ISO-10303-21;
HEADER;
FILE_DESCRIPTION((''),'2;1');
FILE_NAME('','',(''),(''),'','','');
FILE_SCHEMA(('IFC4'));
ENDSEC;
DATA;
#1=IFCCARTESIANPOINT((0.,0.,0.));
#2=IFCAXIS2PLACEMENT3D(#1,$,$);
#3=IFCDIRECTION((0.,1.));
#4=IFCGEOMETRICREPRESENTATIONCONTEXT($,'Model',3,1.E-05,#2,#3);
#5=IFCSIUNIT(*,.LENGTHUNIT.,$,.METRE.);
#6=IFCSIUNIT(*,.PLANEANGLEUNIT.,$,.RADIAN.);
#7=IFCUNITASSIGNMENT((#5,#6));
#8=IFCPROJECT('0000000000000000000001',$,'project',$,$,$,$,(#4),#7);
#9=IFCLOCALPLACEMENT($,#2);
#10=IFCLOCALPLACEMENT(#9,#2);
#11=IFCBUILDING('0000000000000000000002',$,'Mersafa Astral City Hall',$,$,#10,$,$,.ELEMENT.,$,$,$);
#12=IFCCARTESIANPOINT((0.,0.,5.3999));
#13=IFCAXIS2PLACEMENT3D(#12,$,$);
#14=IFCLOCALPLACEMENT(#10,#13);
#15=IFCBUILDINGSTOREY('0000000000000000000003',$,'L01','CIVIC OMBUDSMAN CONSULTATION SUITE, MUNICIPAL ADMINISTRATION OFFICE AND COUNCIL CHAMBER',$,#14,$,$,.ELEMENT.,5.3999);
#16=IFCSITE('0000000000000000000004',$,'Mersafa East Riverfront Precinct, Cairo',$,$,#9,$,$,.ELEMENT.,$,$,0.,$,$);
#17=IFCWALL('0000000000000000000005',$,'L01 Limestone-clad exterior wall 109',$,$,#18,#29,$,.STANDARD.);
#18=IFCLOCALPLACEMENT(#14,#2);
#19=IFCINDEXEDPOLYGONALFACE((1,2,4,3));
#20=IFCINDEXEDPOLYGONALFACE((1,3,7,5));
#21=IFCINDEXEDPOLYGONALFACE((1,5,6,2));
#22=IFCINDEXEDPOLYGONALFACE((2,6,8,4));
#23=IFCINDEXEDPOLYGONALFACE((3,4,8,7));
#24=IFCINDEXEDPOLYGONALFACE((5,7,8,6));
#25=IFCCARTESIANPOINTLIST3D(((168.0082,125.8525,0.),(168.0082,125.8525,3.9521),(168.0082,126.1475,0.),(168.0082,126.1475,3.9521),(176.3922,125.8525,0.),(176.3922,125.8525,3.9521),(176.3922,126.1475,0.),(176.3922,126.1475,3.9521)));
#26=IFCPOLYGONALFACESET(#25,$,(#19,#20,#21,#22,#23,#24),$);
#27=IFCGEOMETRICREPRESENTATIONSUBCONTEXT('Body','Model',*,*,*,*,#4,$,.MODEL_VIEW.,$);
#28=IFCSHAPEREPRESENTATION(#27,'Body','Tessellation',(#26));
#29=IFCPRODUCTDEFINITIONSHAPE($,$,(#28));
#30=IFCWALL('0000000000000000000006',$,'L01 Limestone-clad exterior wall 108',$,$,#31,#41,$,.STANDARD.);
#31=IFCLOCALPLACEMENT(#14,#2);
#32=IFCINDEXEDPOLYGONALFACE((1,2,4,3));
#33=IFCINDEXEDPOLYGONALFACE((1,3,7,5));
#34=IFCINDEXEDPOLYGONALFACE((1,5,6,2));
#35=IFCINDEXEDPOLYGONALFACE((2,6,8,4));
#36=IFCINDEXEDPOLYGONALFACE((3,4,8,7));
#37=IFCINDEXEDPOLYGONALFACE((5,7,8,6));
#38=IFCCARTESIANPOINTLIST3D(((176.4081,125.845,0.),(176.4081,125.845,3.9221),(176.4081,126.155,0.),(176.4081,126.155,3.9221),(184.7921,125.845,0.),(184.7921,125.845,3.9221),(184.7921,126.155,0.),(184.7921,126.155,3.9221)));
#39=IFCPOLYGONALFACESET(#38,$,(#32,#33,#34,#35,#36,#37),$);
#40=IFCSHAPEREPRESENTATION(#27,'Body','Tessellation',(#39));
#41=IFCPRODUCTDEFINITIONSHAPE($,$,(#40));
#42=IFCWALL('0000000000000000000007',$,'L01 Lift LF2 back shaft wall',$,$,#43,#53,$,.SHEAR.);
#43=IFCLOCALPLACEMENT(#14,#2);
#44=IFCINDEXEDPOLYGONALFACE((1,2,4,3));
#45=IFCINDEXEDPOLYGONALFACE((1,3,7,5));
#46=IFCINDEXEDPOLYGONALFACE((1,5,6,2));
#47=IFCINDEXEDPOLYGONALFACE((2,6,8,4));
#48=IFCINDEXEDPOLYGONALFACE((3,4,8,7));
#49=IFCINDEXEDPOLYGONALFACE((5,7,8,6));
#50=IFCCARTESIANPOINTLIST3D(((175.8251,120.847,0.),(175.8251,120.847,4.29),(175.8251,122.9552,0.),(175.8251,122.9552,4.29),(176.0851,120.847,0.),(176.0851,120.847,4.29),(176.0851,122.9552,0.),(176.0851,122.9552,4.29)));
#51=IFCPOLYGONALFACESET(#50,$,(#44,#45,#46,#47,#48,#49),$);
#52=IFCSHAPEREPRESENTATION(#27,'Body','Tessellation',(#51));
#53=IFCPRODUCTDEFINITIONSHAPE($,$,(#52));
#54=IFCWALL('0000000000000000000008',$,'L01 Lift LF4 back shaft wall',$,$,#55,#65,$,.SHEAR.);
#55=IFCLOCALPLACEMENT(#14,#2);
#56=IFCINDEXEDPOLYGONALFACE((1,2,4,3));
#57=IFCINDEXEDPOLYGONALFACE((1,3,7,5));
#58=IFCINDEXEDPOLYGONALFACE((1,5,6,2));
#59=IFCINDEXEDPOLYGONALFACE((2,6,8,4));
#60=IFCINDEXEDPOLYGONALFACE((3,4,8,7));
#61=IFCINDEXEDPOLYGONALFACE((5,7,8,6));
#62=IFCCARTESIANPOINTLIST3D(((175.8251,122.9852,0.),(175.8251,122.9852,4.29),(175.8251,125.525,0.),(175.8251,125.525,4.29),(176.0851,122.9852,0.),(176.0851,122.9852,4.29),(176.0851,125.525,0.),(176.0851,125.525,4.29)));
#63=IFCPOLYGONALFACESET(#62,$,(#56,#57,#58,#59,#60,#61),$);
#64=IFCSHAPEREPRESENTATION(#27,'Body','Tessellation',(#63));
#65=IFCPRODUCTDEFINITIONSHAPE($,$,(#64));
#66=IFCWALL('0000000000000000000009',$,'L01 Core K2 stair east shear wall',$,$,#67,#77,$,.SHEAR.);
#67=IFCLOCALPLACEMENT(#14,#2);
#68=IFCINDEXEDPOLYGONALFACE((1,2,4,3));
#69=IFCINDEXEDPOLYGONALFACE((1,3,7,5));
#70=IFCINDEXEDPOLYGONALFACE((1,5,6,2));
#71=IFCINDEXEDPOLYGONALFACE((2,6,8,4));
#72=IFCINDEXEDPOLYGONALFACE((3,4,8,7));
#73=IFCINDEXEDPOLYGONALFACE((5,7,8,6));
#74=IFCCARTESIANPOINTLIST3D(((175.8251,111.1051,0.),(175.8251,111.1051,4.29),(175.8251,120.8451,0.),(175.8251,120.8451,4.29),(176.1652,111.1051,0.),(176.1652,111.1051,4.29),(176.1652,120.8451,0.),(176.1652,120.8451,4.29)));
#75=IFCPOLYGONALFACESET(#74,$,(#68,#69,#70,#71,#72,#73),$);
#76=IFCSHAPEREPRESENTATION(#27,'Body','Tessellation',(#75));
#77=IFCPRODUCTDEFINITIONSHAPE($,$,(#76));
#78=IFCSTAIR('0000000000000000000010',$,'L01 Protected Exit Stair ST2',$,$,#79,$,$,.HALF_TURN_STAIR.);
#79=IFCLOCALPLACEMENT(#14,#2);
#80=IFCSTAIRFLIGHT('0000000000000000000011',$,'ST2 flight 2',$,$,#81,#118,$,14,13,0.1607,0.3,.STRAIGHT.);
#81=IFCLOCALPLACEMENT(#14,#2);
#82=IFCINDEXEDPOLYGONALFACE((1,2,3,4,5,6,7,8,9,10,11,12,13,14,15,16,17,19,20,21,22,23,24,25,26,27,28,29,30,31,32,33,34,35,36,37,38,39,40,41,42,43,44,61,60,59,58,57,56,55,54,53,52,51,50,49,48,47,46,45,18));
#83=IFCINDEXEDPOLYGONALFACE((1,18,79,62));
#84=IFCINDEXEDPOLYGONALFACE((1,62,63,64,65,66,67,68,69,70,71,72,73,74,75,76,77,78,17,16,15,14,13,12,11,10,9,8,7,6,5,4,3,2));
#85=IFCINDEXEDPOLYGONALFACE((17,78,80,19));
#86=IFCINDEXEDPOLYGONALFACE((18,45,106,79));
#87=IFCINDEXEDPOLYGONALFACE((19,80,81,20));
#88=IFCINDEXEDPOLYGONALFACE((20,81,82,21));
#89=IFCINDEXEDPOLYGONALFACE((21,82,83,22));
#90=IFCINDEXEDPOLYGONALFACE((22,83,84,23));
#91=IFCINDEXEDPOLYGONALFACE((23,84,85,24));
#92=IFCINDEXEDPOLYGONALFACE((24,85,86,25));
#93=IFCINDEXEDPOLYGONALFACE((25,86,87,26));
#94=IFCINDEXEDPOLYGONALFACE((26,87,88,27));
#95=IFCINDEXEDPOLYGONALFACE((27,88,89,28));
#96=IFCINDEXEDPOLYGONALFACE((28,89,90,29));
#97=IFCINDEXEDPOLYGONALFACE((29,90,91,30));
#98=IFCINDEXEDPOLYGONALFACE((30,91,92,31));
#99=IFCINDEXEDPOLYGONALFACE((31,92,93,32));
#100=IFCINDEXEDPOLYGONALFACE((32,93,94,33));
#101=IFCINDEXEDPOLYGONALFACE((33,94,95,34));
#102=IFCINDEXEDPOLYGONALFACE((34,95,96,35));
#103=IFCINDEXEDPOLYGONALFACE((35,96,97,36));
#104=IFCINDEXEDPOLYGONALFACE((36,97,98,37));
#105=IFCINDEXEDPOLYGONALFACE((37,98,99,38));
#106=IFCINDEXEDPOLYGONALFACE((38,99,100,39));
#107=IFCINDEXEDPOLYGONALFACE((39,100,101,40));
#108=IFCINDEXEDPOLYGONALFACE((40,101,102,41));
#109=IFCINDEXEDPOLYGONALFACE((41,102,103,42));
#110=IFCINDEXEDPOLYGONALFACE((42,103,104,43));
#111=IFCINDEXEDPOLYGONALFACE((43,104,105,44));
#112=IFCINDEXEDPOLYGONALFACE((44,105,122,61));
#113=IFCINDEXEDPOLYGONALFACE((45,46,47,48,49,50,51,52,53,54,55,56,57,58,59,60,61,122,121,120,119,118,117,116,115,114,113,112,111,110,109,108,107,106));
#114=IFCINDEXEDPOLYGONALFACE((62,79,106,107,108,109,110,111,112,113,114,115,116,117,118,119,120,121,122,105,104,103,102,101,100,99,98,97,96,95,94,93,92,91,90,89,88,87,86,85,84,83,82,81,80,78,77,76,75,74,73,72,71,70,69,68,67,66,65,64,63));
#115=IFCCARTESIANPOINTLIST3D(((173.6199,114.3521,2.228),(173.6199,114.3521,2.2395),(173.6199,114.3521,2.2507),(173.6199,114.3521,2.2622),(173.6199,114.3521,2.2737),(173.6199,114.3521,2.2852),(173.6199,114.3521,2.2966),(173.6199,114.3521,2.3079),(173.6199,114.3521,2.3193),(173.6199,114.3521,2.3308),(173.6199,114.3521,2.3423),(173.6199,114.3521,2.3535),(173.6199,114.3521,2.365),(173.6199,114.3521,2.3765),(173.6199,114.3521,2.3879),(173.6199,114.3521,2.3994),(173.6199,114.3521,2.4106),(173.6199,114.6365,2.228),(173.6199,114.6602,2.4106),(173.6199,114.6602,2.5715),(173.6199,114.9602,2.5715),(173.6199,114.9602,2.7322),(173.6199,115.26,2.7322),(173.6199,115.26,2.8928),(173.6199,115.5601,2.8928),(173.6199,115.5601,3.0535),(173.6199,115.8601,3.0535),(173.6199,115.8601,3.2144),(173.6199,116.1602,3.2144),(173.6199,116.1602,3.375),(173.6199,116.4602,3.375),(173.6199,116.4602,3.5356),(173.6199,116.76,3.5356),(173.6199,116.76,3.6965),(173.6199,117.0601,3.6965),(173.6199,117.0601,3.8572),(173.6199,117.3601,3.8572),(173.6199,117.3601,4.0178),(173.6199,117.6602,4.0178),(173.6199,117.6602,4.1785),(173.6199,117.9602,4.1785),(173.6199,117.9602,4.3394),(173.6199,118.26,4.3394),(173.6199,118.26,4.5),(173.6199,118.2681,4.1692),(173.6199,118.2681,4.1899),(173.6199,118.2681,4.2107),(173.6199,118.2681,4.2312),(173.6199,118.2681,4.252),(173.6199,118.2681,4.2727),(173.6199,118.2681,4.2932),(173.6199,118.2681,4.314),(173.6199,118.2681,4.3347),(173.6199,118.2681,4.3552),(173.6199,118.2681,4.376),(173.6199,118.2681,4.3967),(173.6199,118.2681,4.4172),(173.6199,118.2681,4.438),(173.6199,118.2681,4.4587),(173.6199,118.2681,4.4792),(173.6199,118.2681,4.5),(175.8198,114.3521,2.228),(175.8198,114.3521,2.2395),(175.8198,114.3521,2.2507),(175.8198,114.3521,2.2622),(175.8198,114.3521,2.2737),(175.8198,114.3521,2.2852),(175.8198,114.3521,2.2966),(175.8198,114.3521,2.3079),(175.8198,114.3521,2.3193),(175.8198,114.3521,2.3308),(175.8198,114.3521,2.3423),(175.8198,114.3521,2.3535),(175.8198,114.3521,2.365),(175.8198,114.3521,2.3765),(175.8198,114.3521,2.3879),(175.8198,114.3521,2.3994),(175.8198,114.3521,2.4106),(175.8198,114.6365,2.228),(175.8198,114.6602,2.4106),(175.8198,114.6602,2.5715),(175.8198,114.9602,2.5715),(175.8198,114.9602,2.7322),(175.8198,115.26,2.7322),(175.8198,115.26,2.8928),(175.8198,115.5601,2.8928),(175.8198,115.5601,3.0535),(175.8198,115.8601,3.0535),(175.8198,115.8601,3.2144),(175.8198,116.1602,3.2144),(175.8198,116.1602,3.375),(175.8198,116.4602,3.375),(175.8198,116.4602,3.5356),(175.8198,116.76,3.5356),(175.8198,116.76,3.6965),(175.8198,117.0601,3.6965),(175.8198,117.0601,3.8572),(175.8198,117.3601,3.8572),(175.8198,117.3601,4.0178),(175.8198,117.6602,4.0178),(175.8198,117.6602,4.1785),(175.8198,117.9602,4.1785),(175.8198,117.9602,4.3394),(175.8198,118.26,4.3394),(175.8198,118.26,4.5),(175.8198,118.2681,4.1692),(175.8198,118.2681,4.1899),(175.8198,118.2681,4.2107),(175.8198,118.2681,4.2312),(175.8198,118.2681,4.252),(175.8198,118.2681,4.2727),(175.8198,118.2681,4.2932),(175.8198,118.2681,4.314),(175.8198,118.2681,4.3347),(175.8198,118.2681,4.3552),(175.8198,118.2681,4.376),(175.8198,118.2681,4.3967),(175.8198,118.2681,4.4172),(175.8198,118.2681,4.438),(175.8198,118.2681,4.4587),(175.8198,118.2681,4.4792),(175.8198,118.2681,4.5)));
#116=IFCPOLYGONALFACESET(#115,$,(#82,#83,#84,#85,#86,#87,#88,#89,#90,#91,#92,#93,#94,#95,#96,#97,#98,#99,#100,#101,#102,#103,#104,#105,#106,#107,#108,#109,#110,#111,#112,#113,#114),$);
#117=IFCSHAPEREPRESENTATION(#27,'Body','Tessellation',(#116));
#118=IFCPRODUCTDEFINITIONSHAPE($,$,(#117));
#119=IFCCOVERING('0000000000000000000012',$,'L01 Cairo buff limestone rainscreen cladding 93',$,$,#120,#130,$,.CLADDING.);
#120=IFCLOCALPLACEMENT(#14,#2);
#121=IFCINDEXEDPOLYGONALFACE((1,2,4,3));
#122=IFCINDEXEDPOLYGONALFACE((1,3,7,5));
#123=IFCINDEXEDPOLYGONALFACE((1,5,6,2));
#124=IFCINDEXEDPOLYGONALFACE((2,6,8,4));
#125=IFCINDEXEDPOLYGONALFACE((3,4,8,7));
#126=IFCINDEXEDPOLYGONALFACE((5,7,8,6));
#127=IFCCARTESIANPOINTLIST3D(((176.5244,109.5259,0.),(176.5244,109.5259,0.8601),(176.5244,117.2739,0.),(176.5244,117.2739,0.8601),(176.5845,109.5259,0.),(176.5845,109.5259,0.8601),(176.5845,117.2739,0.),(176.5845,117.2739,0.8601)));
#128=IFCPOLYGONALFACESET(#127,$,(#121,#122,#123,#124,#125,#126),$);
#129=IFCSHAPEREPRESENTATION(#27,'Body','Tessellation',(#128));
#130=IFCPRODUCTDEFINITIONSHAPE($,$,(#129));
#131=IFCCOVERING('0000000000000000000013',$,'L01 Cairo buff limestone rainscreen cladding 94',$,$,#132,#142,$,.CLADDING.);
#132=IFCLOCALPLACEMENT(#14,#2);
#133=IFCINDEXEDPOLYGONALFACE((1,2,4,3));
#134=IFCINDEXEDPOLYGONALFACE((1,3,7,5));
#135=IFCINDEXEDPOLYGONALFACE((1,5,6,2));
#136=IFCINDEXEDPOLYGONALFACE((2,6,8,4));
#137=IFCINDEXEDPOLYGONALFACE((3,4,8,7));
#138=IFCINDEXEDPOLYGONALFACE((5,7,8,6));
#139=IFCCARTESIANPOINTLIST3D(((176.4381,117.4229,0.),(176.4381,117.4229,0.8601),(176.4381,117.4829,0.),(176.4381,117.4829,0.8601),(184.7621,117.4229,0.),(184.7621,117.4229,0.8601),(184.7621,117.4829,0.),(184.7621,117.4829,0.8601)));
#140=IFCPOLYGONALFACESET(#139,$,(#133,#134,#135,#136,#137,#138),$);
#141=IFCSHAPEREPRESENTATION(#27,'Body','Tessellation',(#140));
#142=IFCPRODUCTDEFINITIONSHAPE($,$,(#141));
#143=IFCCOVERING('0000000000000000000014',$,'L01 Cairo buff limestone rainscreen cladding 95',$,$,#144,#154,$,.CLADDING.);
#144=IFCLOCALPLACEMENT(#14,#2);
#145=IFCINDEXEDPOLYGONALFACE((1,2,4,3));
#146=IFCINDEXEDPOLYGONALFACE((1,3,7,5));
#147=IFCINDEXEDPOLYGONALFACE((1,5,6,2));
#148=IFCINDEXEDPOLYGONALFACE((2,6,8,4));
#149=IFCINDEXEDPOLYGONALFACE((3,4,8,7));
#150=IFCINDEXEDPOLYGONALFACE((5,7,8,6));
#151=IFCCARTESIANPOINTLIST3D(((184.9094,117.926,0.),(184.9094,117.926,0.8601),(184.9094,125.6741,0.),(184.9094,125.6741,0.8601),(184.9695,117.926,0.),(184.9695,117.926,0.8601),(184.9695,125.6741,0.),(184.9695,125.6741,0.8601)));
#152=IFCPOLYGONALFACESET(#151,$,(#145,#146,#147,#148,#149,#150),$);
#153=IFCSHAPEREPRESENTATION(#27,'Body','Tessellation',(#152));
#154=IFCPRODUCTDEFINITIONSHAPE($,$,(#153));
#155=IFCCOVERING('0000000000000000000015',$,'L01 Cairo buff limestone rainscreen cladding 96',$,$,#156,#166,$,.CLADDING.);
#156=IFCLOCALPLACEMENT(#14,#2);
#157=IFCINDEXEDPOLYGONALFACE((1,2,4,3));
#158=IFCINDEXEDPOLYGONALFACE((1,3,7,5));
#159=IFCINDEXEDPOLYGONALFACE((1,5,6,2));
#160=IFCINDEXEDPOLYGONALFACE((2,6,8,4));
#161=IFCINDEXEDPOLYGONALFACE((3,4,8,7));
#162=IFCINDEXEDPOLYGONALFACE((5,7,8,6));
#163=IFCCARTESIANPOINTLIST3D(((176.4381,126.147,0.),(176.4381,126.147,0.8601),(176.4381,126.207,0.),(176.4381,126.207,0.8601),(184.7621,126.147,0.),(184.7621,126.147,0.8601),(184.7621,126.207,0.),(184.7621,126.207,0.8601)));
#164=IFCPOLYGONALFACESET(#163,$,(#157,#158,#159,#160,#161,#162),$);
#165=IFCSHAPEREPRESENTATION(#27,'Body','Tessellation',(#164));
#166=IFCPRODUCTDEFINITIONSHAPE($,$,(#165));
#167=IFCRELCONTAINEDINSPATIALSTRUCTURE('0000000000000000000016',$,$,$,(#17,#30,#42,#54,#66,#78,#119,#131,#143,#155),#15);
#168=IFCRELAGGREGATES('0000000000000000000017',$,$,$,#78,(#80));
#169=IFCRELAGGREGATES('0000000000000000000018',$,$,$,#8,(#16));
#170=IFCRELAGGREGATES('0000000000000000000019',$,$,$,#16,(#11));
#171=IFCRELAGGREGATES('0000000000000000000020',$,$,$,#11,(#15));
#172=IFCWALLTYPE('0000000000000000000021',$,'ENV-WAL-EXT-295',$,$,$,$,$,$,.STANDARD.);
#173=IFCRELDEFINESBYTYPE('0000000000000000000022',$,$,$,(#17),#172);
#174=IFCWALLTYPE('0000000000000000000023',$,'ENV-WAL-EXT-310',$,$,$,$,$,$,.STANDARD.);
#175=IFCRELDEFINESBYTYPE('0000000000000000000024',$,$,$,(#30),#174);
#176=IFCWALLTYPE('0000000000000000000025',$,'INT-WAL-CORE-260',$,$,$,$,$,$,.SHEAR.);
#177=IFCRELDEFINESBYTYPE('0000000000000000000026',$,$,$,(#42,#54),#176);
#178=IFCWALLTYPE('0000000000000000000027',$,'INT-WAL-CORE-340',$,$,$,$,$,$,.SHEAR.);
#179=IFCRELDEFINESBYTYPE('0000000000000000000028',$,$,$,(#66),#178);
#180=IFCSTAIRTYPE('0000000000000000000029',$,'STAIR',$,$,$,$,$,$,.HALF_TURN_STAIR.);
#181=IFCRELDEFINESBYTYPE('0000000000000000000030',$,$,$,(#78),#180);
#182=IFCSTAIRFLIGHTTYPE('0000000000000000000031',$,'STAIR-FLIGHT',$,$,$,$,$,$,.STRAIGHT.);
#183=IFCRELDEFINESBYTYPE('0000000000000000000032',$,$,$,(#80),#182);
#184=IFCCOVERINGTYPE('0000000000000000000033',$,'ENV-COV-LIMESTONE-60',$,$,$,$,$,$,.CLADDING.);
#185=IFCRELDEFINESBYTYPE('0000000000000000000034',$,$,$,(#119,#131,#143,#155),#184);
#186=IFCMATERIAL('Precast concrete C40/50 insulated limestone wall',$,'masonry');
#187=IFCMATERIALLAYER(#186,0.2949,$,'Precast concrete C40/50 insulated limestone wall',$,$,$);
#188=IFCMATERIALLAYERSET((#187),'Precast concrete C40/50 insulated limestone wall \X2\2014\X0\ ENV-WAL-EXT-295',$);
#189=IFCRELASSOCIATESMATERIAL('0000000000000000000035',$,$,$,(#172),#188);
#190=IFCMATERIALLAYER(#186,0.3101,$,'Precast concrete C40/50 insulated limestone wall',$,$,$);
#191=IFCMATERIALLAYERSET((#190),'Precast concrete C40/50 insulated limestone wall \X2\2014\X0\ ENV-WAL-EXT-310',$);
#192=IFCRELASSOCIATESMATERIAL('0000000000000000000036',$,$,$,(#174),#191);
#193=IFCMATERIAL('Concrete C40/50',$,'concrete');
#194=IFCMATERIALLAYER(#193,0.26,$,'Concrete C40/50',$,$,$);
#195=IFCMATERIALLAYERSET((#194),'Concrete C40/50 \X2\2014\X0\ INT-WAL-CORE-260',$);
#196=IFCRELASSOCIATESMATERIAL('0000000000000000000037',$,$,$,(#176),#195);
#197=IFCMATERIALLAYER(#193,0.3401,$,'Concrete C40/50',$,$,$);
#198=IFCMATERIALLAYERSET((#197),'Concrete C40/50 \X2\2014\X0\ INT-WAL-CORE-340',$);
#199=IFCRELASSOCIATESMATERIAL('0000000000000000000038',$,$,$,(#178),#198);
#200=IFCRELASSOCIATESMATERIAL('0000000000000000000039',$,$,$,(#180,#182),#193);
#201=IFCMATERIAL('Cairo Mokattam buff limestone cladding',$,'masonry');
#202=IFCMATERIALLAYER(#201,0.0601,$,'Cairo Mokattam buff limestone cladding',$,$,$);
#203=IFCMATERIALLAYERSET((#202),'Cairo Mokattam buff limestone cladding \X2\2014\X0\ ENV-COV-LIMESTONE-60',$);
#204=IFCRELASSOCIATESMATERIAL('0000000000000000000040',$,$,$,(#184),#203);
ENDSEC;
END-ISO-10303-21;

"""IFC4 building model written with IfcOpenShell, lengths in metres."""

from ifc_helpers import new_model, si_unit, direction, frame, frame_2d, origin, origin_2d, place, context, subcontext, project, spatial, polyline, rectangle, outline, extrude, material, layer, layer_set, type_object, element, aggregate, save


model = new_model("IFC4")

# Units and contexts
model_context = context("Model", 3, precision=1e-05, world=origin(), true_north=direction((0.0, 1.0)))
body_context = subcontext(model_context, "Body", "Model", "MODEL_VIEW")
ifc_project = project(units=[si_unit("LENGTHUNIT", "METRE"), si_unit("PLANEANGLEUNIT", "RADIAN")], contexts=[model_context])

# Site, building, storey
site_placement = place(None, origin())
site = spatial("IfcSite", under=ifc_project, at=site_placement, Name="Mersafa East Riverfront Precinct, Cairo", CompositionType="ELEMENT", RefElevation=0.0)
building_placement = place(site_placement, origin())
building = spatial("IfcBuilding", under=site, at=building_placement, Name="Mersafa Astral City Hall", CompositionType="ELEMENT")
storey_placement = place(building_placement, frame((0.0, 0.0, 5.3999)))
storey = spatial("IfcBuildingStorey", under=building, at=storey_placement, Name="L01", Description="CIVIC OMBUDSMAN CONSULTATION SUITE, MUNICIPAL ADMINISTRATION OFFICE AND COUNCIL CHAMBER", CompositionType="ELEMENT", Elevation=5.3999)

# Walls
ifc_material_1 = material(Name="Precast concrete C40/50 insulated limestone wall", Category="masonry")
ifc_layer_1 = layer(ifc_material_1, 0.2949, Name="Precast concrete C40/50 insulated limestone wall")
ifc_layer_set_1 = layer_set([ifc_layer_1], Name="Precast concrete C40/50 insulated limestone wall — ENV-WAL-EXT-295")
wall_type_1 = type_object("IfcWallType", Name="ENV-WAL-EXT-295", PredefinedType="STANDARD", material=ifc_layer_set_1)
wall_1_placement = place(storey_placement, frame((176.3921, 126.0, 0.0), z_axis=(0.0, 0.0, 1.0), x_axis=(-1.0, 0.0, 0.0)))
element("IfcWall", 1, at=wall_1_placement, inside=storey, type_object=wall_type_1, Name="L01 Limestone-clad exterior wall 109", PredefinedType="STANDARD", context=body_context, shape_type="SweptSolid", body=[
    extrude(rectangle(XDim=8.384, YDim=0.2949, at=frame_2d((4.1919, 0.0))), origin(), (0.0, 0.0, 1.0), 3.9521),
])
ifc_layer_2 = layer(ifc_material_1, 0.3101, Name="Precast concrete C40/50 insulated limestone wall")
ifc_layer_set_2 = layer_set([ifc_layer_2], Name="Precast concrete C40/50 insulated limestone wall — ENV-WAL-EXT-310")
wall_type_2 = type_object("IfcWallType", Name="ENV-WAL-EXT-310", PredefinedType="STANDARD", material=ifc_layer_set_2)
wall_2_placement = place(storey_placement, frame((184.792, 126.0, 0.0), z_axis=(0.0, 0.0, 1.0), x_axis=(-1.0, 0.0, 0.0)))
element("IfcWall", 2, at=wall_2_placement, inside=storey, type_object=wall_type_2, Name="L01 Limestone-clad exterior wall 108", PredefinedType="STANDARD", context=body_context, shape_type="SweptSolid", body=[
    extrude(rectangle(XDim=8.384, YDim=0.3101, at=frame_2d((4.1919, 0.0))), origin(), (0.0, 0.0, 1.0), 3.9221),
])
ifc_material_2 = material(Name="Concrete C40/50", Category="concrete")
ifc_layer_3 = layer(ifc_material_2, 0.26, Name="Concrete C40/50")
ifc_layer_set_3 = layer_set([ifc_layer_3], Name="Concrete C40/50 — INT-WAL-CORE-260")
wall_type_3 = type_object("IfcWallType", Name="INT-WAL-CORE-260", PredefinedType="SHEAR", material=ifc_layer_set_3)
wall_3_placement = place(storey_placement, frame((175.9551, 120.8469, 0.0), z_axis=(0.0, 0.0, 1.0), x_axis=(0.0, 1.0, 0.0)))
element("IfcWall", 3, at=wall_3_placement, inside=storey, type_object=wall_type_3, Name="L01 Lift LF2 back shaft wall", PredefinedType="SHEAR", context=body_context, shape_type="SweptSolid", body=[
    extrude(rectangle(XDim=2.1082, YDim=0.26, at=frame_2d((1.0542, 0.0))), origin(), (0.0, 0.0, 1.0), 4.29),
])
wall_4_placement = place(storey_placement, frame((175.9551, 122.9851, 0.0), z_axis=(0.0, 0.0, 1.0), x_axis=(0.0, 1.0, 0.0)))
element("IfcWall", 4, at=wall_4_placement, inside=storey, type_object=wall_type_3, Name="L01 Lift LF4 back shaft wall", PredefinedType="SHEAR", context=body_context, shape_type="SweptSolid", body=[
    extrude(rectangle(XDim=2.5398, YDim=0.26, at=frame_2d((1.27, 0.0))), origin(), (0.0, 0.0, 1.0), 4.29),
])

# Wall
ifc_layer_4 = layer(ifc_material_2, 0.3401, Name="Concrete C40/50")
ifc_layer_set_4 = layer_set([ifc_layer_4], Name="Concrete C40/50 — INT-WAL-CORE-340")
wall_type_4 = type_object("IfcWallType", Name="INT-WAL-CORE-340", PredefinedType="SHEAR", material=ifc_layer_set_4)
wall_5_placement = place(storey_placement, frame((175.9951, 111.105, 0.0), z_axis=(0.0, 0.0, 1.0), x_axis=(0.0, 1.0, 0.0)))
element("IfcWall", 5, at=wall_5_placement, inside=storey, type_object=wall_type_4, Name="L01 Core K2 stair east shear wall", PredefinedType="SHEAR", context=body_context, shape_type="SweptSolid", body=[
    extrude(rectangle(XDim=9.74, YDim=0.3401, at=frame_2d((4.8701, 0.0))), origin(), (0.0, 0.0, 1.0), 4.29),
])

# Stair, stair flight
stair_type = type_object("IfcStairType", Name="STAIR", PredefinedType="HALF_TURN_STAIR", material=ifc_material_2)
stair_placement = place(storey_placement, origin())
stair = element("IfcStair", 6, at=stair_placement, inside=storey, type_object=stair_type, Name="L01 Protected Exit Stair ST2", PredefinedType="HALF_TURN_STAIR")
stair_flight_type = type_object("IfcStairFlightType", Name="STAIR-FLIGHT", PredefinedType="STRAIGHT", material=ifc_material_2)
stair_flight_placement = place(storey_placement, frame((174.72, 114.3601, 2.25), z_axis=(0.0, 0.0, 1.0), x_axis=(0.0, 1.0, 0.0)))
stair_flight = element("IfcStairFlight", 7, at=stair_flight_placement, type_object=stair_flight_type, Name="ST2 flight 2", NumberOfRisers=14, NumberOfTreads=13, PredefinedType="STRAIGHT", RiserHeight=0.1607, TreadLength=0.3, context=body_context, shape_type="SweptSolid", body=[
    extrude(outline(polyline([(-0.0081, -0.022), (-0.0081, -0.0105), (-0.0081, 0.0007), (-0.0081, 0.0122), (-0.0081, 0.0237), (-0.0081, 0.0352), (-0.0081, 0.0466), (-0.0081, 0.0579), (-0.0081, 0.0693), (-0.0081, 0.0808), (-0.0081, 0.0923), (-0.0081, 0.1035), (-0.0081, 0.115), (-0.0081, 0.1265), (-0.0081, 0.1379), (-0.0081, 0.1494), (-0.0081, 0.1606), (0.3, 0.1606), (0.3, 0.3215), (0.6001, 0.3215), (0.6001, 0.4822), (0.8999, 0.4822), (0.8999, 0.6428), (1.2, 0.6428), (1.2, 0.8035), (1.5, 0.8035), (1.5, 0.9644), (1.8, 0.9644), (1.8, 1.125), (2.1001, 1.125), (2.1001, 1.2856), (2.3999, 1.2856), (2.3999, 1.4465), (2.7, 1.4465), (2.7, 1.6072), (3.0, 1.6072), (3.0, 1.7678), (3.3, 1.7678), (3.3, 1.9285), (3.6001, 1.9285), (3.6001, 2.0894), (3.8999, 2.0894), (3.8999, 2.25), (3.908, 2.25), (3.908, 2.2292), (3.908, 2.2087), (3.908, 2.188), (3.908, 2.1672), (3.908, 2.1467), (3.908, 2.126), (3.908, 2.1052), (3.908, 2.0847), (3.908, 2.064), (3.908, 2.0432), (3.908, 2.0227), (3.908, 2.002), (3.908, 1.9812), (3.908, 1.9607), (3.908, 1.9399), (3.908, 1.9192), (0.2764, -0.022), (-0.0081, -0.022)])), frame((0.0, 1.1001, 0.0), z_axis=(0.0, -1.0, 0.0), x_axis=(1.0, 0.0, 0.0)), (0.0, 0.0, 1.0), 2.2),
])
aggregate(stair, [stair_flight])

# Coverings
ifc_material_3 = material(Name="Cairo Mokattam buff limestone cladding", Category="masonry")
ifc_layer_5 = layer(ifc_material_3, 0.0601, Name="Cairo Mokattam buff limestone cladding")
ifc_layer_set_5 = layer_set([ifc_layer_5], Name="Cairo Mokattam buff limestone cladding — ENV-COV-LIMESTONE-60")
covering_type = type_object("IfcCoveringType", Name="ENV-COV-LIMESTONE-60", PredefinedType="CLADDING", material=ifc_layer_set_5)
covering_1_placement = place(storey_placement, frame((176.5544, 113.3999, 0.0), z_axis=(0.0, 0.0, 1.0), x_axis=(0.0, 1.0, 0.0)))
element("IfcCovering", 8, at=covering_1_placement, inside=storey, type_object=covering_type, Name="L01 Cairo buff limestone rainscreen cladding 93", PredefinedType="CLADDING", context=body_context, shape_type="SweptSolid", body=[
    extrude(rectangle(XDim=7.748, YDim=0.0601, at=origin_2d()), origin(), (0.0, 0.0, 1.0), 0.8601),
])
covering_2_placement = place(storey_placement, frame((180.6001, 117.4529, 0.0), z_axis=(0.0, 0.0, 1.0), x_axis=(1.0, 0.0, 0.0)))
element("IfcCovering", 9, at=covering_2_placement, inside=storey, type_object=covering_type, Name="L01 Cairo buff limestone rainscreen cladding 94", PredefinedType="CLADDING", context=body_context, shape_type="SweptSolid", body=[
    extrude(rectangle(XDim=8.324, YDim=0.0601, at=origin_2d()), origin(), (0.0, 0.0, 1.0), 0.8601),
])
covering_3_placement = place(storey_placement, frame((184.9395, 121.8, 0.0), z_axis=(0.0, 0.0, 1.0), x_axis=(0.0, 1.0, 0.0)))
element("IfcCovering", 10, at=covering_3_placement, inside=storey, type_object=covering_type, Name="L01 Cairo buff limestone rainscreen cladding 95", PredefinedType="CLADDING", context=body_context, shape_type="SweptSolid", body=[
    extrude(rectangle(XDim=7.748, YDim=0.0601, at=origin_2d()), origin(), (0.0, 0.0, 1.0), 0.8601),
])
covering_4_placement = place(storey_placement, frame((180.6001, 126.177, 0.0), z_axis=(0.0, 0.0, 1.0), x_axis=(-1.0, 0.0, 0.0)))
element("IfcCovering", 11, at=covering_4_placement, inside=storey, type_object=covering_type, Name="L01 Cairo buff limestone rainscreen cladding 96", PredefinedType="CLADDING", context=body_context, shape_type="SweptSolid", body=[
    extrude(rectangle(XDim=8.324, YDim=0.0601, at=origin_2d()), origin(), (0.0, 0.0, 1.0), 0.8601),
])

save(model, "model.ifc")
